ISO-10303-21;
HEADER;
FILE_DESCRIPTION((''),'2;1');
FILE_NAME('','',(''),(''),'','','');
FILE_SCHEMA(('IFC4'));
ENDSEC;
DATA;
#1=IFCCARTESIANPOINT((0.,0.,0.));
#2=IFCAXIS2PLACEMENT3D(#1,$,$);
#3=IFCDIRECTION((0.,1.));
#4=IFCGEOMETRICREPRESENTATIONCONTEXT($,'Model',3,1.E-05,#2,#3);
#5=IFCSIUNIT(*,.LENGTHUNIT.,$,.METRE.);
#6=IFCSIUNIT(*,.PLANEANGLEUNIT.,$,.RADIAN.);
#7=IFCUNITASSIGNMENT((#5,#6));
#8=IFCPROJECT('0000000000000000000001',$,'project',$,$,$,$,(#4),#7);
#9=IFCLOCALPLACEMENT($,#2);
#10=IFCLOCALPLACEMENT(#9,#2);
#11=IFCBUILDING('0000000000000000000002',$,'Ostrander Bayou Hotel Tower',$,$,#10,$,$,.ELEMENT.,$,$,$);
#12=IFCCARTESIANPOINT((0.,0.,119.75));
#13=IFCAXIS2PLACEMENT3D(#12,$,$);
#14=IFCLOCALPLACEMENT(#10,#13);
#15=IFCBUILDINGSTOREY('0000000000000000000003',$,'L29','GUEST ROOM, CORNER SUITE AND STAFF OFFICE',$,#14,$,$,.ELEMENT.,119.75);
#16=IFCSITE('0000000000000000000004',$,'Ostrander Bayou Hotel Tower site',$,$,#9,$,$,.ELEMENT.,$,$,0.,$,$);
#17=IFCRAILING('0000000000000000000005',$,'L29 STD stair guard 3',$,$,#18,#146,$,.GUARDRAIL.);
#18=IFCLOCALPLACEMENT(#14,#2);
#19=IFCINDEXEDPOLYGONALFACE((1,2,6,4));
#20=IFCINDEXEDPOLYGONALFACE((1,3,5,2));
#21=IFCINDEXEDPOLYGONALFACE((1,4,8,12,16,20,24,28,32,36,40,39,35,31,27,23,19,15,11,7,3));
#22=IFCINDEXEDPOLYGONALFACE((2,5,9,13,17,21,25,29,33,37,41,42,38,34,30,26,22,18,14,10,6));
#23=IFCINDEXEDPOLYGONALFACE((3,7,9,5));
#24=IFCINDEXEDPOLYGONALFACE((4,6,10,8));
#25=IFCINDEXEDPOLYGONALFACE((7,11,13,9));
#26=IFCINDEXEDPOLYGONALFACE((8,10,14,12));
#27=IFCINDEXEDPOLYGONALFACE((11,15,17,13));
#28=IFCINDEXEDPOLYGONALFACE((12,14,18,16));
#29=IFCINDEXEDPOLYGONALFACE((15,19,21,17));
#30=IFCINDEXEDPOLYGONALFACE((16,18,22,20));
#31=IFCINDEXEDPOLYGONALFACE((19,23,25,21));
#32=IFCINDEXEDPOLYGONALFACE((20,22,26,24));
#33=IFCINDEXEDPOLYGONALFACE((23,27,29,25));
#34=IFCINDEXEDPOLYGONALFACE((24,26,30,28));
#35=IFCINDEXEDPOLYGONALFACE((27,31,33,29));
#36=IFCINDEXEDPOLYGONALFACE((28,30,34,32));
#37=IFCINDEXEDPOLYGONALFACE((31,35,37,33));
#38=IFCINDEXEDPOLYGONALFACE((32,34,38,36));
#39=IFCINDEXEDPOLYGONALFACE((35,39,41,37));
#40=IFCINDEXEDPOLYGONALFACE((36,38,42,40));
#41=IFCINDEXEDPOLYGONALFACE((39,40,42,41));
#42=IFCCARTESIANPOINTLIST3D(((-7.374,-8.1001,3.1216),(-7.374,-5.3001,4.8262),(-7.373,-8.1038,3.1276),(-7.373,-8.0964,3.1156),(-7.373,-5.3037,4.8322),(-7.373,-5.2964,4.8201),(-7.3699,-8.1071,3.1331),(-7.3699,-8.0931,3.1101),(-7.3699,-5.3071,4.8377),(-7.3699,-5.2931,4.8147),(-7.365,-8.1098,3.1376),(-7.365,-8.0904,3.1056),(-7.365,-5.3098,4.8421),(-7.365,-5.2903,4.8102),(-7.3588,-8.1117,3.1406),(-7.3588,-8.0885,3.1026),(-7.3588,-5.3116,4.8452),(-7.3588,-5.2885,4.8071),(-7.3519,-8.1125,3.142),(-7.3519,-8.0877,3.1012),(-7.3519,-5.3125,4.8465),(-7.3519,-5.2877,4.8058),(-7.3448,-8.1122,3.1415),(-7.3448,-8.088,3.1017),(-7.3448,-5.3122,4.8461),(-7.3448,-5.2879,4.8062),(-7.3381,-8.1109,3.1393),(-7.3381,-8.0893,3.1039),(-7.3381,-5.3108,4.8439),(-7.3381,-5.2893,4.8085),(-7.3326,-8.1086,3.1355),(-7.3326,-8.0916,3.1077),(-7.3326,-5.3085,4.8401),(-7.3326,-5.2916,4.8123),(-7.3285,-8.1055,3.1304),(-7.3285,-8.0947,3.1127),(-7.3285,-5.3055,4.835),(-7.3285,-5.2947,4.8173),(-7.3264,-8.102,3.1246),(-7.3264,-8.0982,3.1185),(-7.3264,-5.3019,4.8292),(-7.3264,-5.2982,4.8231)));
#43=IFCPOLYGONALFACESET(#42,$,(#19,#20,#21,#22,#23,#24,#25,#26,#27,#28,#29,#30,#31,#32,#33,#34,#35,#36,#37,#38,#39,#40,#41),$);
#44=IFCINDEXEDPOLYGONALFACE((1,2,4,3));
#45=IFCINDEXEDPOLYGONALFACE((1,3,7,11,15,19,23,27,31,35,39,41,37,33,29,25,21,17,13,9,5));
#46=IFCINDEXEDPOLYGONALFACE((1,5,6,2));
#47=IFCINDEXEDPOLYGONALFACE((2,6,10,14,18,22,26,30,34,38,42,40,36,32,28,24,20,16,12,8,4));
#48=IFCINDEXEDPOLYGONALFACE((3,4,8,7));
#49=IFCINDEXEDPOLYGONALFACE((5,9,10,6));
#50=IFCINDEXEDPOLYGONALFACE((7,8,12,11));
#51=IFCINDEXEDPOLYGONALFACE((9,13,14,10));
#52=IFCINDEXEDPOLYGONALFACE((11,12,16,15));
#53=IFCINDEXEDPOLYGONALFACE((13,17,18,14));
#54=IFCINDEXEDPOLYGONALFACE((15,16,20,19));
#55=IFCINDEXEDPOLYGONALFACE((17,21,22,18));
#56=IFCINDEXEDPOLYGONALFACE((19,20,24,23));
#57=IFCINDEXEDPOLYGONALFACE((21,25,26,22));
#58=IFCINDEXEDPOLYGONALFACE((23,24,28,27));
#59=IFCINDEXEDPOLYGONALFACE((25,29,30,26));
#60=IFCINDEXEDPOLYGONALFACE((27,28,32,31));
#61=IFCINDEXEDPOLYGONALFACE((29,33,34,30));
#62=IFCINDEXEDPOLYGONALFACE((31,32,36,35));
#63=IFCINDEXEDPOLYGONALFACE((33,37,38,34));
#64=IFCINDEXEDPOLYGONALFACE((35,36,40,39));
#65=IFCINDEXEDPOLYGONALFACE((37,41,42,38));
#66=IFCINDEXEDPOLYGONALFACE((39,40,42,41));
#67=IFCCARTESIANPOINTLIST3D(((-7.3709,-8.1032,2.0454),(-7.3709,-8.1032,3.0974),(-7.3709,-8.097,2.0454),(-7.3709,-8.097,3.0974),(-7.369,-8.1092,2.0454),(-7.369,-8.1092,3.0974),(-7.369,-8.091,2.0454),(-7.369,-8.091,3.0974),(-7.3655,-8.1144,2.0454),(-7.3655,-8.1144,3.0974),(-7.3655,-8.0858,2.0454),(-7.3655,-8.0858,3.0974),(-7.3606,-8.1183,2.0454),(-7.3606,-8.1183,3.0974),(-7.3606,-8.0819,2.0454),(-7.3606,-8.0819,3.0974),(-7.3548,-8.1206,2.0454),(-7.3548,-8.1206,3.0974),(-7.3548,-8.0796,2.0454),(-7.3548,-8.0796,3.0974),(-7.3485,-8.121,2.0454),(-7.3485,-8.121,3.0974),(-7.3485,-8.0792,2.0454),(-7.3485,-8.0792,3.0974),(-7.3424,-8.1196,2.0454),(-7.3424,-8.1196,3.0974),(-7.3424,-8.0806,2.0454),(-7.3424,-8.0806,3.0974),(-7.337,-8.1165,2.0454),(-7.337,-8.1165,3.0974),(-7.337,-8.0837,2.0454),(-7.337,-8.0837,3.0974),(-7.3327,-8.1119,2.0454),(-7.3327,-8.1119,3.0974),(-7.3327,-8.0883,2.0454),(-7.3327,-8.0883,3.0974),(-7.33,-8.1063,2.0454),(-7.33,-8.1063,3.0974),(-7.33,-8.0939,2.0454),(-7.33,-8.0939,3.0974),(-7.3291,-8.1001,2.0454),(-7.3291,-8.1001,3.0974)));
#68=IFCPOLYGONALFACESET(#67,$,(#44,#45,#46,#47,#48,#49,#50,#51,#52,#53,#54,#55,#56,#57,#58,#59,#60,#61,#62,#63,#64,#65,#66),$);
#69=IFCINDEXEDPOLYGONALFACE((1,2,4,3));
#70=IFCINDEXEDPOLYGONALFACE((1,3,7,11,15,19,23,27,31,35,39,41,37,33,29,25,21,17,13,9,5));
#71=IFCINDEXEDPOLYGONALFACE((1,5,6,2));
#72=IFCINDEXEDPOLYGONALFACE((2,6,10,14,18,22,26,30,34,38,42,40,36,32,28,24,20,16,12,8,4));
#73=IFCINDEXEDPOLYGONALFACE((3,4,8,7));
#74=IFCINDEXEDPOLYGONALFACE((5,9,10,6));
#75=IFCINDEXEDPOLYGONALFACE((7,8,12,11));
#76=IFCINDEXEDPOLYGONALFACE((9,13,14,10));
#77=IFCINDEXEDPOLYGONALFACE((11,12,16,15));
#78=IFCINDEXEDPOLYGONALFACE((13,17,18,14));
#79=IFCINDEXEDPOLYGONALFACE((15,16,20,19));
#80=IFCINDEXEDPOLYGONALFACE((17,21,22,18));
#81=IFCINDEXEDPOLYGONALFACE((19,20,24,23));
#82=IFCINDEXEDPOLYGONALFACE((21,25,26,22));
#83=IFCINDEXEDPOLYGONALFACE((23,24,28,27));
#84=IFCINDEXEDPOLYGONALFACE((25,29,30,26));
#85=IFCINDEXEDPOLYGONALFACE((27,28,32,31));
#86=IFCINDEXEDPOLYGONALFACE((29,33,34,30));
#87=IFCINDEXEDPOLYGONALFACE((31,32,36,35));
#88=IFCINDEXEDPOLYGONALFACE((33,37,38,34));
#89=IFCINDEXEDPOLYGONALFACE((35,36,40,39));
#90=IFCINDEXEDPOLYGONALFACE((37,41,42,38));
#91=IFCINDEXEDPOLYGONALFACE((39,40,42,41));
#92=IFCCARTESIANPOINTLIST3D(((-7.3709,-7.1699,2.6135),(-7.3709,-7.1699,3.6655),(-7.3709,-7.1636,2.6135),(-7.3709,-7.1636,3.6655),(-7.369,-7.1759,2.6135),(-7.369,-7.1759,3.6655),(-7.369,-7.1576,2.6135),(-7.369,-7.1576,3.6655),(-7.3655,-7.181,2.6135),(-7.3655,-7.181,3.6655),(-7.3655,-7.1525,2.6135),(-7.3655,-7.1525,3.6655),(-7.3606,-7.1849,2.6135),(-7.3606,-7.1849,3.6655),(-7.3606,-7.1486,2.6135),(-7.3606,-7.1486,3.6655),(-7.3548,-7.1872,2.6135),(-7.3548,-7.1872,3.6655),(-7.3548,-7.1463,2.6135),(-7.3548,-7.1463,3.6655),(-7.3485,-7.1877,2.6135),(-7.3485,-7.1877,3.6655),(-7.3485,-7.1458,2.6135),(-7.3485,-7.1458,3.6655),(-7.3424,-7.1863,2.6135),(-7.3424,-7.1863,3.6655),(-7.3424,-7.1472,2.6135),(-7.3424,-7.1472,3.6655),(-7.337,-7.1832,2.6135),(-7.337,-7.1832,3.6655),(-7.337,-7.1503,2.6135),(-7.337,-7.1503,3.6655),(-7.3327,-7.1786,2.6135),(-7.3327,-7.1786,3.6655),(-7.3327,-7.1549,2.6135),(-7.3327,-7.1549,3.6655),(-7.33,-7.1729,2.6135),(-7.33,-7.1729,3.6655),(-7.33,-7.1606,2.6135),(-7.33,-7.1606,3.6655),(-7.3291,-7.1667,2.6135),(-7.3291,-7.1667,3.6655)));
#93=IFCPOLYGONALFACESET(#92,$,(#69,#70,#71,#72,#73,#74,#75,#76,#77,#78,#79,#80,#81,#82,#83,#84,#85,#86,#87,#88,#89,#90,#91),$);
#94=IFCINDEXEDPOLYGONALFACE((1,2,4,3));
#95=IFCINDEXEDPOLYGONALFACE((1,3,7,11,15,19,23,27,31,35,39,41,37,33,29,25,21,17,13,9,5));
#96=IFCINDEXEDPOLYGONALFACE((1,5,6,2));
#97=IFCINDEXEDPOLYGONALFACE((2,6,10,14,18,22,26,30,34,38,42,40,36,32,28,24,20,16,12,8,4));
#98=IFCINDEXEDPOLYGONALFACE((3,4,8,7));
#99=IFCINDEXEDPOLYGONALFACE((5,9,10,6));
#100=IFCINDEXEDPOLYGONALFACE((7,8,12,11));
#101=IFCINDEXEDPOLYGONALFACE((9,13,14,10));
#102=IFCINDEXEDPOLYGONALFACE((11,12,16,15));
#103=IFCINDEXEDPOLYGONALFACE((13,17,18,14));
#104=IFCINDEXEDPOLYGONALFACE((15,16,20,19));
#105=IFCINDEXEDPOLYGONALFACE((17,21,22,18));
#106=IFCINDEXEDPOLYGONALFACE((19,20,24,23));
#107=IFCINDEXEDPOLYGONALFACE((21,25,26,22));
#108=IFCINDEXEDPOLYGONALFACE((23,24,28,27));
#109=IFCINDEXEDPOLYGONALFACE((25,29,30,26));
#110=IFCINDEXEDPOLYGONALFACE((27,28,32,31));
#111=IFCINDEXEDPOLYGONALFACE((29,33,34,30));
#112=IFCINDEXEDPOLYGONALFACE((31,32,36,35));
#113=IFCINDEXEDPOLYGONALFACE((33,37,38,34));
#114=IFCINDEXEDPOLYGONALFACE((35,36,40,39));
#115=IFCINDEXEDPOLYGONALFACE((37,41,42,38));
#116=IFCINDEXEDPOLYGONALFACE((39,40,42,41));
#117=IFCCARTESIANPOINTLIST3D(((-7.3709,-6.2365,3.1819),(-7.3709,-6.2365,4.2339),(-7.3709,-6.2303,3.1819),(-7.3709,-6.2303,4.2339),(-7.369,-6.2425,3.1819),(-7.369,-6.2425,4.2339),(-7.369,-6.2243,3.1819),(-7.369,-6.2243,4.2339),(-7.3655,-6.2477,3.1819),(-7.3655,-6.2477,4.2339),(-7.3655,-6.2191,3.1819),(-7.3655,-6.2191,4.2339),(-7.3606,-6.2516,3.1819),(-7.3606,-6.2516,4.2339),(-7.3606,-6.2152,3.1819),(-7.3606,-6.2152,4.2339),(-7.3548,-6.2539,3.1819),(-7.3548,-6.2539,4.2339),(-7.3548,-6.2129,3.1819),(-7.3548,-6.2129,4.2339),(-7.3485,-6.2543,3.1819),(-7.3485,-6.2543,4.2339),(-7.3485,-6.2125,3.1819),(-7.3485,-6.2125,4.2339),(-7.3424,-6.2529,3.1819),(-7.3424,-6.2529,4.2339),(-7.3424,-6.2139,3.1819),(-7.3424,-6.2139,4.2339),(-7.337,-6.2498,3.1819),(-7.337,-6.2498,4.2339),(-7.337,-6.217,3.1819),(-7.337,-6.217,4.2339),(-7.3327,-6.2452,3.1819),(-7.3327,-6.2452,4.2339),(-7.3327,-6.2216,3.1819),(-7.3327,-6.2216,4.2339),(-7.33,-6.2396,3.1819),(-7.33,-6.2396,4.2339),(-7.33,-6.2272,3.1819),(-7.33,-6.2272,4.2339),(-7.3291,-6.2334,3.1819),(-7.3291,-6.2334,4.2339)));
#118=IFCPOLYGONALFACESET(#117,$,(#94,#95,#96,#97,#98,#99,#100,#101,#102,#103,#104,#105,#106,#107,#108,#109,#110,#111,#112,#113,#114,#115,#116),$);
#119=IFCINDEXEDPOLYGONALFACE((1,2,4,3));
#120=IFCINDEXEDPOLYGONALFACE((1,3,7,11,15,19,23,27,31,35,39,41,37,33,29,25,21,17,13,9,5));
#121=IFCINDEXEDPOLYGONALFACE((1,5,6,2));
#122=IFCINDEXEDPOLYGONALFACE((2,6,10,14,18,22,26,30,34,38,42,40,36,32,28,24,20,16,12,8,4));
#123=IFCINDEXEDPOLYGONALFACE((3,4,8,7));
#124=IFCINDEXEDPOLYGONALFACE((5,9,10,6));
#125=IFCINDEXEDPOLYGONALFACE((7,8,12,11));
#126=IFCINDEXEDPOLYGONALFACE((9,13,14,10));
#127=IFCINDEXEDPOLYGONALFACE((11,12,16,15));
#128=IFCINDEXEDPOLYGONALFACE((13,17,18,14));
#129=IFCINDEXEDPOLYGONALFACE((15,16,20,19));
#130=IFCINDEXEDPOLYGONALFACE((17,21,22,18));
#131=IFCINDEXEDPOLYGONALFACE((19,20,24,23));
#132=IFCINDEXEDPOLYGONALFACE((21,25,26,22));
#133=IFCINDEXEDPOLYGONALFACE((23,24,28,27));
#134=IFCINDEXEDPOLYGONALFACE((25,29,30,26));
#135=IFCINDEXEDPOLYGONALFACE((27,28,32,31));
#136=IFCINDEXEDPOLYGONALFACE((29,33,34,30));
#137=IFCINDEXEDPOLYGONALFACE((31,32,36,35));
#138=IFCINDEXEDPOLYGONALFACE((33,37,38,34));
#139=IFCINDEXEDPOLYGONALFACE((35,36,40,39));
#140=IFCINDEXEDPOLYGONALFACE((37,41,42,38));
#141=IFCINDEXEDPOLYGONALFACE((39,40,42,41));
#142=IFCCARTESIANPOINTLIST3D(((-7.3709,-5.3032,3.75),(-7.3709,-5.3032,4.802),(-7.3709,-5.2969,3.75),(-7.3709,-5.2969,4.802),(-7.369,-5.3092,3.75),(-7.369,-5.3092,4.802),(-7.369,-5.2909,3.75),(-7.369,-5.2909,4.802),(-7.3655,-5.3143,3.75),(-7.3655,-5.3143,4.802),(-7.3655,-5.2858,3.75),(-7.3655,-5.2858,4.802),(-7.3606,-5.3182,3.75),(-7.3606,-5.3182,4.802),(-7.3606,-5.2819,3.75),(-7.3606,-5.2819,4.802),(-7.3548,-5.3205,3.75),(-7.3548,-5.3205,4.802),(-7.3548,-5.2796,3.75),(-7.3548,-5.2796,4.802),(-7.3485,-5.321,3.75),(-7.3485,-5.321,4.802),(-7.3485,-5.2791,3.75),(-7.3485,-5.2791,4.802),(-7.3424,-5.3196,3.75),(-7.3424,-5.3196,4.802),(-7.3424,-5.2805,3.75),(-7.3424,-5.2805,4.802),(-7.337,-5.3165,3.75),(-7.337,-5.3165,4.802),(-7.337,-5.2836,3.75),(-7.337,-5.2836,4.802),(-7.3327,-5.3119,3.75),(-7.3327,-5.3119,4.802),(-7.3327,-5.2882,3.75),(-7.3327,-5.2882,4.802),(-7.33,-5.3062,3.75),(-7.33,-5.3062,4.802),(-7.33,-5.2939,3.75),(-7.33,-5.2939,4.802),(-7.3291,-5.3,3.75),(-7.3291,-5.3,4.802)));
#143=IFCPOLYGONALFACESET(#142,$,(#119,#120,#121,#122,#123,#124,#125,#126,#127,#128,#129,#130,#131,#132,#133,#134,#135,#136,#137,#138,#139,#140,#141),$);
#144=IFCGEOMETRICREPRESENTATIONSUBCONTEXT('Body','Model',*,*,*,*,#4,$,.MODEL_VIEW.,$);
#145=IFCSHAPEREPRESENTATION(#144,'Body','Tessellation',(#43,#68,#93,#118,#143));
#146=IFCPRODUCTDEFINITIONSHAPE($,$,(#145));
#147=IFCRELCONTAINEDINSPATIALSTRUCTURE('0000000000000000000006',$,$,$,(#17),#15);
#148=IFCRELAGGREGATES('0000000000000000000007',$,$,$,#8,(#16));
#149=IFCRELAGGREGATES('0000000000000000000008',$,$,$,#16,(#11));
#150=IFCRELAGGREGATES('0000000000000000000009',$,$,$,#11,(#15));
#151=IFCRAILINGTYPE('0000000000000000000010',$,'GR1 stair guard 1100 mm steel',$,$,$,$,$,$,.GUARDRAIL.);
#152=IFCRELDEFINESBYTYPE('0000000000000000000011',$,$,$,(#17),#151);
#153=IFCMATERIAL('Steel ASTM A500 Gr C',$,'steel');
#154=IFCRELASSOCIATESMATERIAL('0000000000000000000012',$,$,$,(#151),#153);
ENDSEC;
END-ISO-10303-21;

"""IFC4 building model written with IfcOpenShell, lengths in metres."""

from ifc_helpers import new_model, si_unit, direction, frame, origin, origin_2d, place, context, subcontext, project, spatial, circle, extrude, material, type_object, element, save


model = new_model("IFC4")

# Units and contexts
model_context = context("Model", 3, precision=1e-05, world=origin(), true_north=direction((0.0, 1.0)))
body_context = subcontext(model_context, "Body", "Model", "MODEL_VIEW")
ifc_project = project(units=[si_unit("LENGTHUNIT", "METRE"), si_unit("PLANEANGLEUNIT", "RADIAN")], contexts=[model_context])

# Site, building, storey
site_placement = place(None, origin())
site = spatial("IfcSite", under=ifc_project, at=site_placement, Name="Ostrander Bayou Hotel Tower site", CompositionType="ELEMENT", RefElevation=0.0)
building_placement = place(site_placement, origin())
building = spatial("IfcBuilding", under=site, at=building_placement, Name="Ostrander Bayou Hotel Tower", CompositionType="ELEMENT")
storey_placement = place(building_placement, frame((0.0, 0.0, 119.75)))
storey = spatial("IfcBuildingStorey", under=building, at=storey_placement, Name="L29", Description="GUEST ROOM, CORNER SUITE AND STAFF OFFICE", CompositionType="ELEMENT", Elevation=119.75)

# Railing
ifc_material_1 = material(Name="Steel ASTM A500 Gr C", Category="steel")
railing_type_1 = type_object("IfcRailingType", Name="GR1 stair guard 1100 mm steel", PredefinedType="GUARDRAIL", material=ifc_material_1)
railing_1_placement = place(storey_placement, frame((-7.3501, -8.1001, 2.0454)))
element("IfcRailing", 1, at=railing_1_placement, inside=storey, type_object=railing_type_1, Name="L29 STD stair guard 3", PredefinedType="GUARDRAIL", context=body_context, shape_type="SweptSolid", body=[
    extrude(circle(Radius=0.0239, at=origin_2d()), frame((0.0, 0.0, 1.0762), z_axis=(0.0, 0.85417, 0.519994), x_axis=(-1.0, 0.0, 0.0)), (0.0, 0.0, 1.0), 3.2781),
    extrude(circle(Radius=0.021, at=origin_2d()), origin(), (0.0, 0.0, 1.0), 1.052),
    extrude(circle(Radius=0.021, at=origin_2d()), frame((0.0, 0.9333, 0.5681)), (0.0, 0.0, 1.0), 1.052),
    extrude(circle(Radius=0.021, at=origin_2d()), frame((0.0, 1.8667, 1.1365)), (0.0, 0.0, 1.0), 1.052),
    extrude(circle(Radius=0.021, at=origin_2d()), frame((0.0, 2.8, 1.7046)), (0.0, 0.0, 1.0), 1.052),
])

save(model, "model.ifc")
